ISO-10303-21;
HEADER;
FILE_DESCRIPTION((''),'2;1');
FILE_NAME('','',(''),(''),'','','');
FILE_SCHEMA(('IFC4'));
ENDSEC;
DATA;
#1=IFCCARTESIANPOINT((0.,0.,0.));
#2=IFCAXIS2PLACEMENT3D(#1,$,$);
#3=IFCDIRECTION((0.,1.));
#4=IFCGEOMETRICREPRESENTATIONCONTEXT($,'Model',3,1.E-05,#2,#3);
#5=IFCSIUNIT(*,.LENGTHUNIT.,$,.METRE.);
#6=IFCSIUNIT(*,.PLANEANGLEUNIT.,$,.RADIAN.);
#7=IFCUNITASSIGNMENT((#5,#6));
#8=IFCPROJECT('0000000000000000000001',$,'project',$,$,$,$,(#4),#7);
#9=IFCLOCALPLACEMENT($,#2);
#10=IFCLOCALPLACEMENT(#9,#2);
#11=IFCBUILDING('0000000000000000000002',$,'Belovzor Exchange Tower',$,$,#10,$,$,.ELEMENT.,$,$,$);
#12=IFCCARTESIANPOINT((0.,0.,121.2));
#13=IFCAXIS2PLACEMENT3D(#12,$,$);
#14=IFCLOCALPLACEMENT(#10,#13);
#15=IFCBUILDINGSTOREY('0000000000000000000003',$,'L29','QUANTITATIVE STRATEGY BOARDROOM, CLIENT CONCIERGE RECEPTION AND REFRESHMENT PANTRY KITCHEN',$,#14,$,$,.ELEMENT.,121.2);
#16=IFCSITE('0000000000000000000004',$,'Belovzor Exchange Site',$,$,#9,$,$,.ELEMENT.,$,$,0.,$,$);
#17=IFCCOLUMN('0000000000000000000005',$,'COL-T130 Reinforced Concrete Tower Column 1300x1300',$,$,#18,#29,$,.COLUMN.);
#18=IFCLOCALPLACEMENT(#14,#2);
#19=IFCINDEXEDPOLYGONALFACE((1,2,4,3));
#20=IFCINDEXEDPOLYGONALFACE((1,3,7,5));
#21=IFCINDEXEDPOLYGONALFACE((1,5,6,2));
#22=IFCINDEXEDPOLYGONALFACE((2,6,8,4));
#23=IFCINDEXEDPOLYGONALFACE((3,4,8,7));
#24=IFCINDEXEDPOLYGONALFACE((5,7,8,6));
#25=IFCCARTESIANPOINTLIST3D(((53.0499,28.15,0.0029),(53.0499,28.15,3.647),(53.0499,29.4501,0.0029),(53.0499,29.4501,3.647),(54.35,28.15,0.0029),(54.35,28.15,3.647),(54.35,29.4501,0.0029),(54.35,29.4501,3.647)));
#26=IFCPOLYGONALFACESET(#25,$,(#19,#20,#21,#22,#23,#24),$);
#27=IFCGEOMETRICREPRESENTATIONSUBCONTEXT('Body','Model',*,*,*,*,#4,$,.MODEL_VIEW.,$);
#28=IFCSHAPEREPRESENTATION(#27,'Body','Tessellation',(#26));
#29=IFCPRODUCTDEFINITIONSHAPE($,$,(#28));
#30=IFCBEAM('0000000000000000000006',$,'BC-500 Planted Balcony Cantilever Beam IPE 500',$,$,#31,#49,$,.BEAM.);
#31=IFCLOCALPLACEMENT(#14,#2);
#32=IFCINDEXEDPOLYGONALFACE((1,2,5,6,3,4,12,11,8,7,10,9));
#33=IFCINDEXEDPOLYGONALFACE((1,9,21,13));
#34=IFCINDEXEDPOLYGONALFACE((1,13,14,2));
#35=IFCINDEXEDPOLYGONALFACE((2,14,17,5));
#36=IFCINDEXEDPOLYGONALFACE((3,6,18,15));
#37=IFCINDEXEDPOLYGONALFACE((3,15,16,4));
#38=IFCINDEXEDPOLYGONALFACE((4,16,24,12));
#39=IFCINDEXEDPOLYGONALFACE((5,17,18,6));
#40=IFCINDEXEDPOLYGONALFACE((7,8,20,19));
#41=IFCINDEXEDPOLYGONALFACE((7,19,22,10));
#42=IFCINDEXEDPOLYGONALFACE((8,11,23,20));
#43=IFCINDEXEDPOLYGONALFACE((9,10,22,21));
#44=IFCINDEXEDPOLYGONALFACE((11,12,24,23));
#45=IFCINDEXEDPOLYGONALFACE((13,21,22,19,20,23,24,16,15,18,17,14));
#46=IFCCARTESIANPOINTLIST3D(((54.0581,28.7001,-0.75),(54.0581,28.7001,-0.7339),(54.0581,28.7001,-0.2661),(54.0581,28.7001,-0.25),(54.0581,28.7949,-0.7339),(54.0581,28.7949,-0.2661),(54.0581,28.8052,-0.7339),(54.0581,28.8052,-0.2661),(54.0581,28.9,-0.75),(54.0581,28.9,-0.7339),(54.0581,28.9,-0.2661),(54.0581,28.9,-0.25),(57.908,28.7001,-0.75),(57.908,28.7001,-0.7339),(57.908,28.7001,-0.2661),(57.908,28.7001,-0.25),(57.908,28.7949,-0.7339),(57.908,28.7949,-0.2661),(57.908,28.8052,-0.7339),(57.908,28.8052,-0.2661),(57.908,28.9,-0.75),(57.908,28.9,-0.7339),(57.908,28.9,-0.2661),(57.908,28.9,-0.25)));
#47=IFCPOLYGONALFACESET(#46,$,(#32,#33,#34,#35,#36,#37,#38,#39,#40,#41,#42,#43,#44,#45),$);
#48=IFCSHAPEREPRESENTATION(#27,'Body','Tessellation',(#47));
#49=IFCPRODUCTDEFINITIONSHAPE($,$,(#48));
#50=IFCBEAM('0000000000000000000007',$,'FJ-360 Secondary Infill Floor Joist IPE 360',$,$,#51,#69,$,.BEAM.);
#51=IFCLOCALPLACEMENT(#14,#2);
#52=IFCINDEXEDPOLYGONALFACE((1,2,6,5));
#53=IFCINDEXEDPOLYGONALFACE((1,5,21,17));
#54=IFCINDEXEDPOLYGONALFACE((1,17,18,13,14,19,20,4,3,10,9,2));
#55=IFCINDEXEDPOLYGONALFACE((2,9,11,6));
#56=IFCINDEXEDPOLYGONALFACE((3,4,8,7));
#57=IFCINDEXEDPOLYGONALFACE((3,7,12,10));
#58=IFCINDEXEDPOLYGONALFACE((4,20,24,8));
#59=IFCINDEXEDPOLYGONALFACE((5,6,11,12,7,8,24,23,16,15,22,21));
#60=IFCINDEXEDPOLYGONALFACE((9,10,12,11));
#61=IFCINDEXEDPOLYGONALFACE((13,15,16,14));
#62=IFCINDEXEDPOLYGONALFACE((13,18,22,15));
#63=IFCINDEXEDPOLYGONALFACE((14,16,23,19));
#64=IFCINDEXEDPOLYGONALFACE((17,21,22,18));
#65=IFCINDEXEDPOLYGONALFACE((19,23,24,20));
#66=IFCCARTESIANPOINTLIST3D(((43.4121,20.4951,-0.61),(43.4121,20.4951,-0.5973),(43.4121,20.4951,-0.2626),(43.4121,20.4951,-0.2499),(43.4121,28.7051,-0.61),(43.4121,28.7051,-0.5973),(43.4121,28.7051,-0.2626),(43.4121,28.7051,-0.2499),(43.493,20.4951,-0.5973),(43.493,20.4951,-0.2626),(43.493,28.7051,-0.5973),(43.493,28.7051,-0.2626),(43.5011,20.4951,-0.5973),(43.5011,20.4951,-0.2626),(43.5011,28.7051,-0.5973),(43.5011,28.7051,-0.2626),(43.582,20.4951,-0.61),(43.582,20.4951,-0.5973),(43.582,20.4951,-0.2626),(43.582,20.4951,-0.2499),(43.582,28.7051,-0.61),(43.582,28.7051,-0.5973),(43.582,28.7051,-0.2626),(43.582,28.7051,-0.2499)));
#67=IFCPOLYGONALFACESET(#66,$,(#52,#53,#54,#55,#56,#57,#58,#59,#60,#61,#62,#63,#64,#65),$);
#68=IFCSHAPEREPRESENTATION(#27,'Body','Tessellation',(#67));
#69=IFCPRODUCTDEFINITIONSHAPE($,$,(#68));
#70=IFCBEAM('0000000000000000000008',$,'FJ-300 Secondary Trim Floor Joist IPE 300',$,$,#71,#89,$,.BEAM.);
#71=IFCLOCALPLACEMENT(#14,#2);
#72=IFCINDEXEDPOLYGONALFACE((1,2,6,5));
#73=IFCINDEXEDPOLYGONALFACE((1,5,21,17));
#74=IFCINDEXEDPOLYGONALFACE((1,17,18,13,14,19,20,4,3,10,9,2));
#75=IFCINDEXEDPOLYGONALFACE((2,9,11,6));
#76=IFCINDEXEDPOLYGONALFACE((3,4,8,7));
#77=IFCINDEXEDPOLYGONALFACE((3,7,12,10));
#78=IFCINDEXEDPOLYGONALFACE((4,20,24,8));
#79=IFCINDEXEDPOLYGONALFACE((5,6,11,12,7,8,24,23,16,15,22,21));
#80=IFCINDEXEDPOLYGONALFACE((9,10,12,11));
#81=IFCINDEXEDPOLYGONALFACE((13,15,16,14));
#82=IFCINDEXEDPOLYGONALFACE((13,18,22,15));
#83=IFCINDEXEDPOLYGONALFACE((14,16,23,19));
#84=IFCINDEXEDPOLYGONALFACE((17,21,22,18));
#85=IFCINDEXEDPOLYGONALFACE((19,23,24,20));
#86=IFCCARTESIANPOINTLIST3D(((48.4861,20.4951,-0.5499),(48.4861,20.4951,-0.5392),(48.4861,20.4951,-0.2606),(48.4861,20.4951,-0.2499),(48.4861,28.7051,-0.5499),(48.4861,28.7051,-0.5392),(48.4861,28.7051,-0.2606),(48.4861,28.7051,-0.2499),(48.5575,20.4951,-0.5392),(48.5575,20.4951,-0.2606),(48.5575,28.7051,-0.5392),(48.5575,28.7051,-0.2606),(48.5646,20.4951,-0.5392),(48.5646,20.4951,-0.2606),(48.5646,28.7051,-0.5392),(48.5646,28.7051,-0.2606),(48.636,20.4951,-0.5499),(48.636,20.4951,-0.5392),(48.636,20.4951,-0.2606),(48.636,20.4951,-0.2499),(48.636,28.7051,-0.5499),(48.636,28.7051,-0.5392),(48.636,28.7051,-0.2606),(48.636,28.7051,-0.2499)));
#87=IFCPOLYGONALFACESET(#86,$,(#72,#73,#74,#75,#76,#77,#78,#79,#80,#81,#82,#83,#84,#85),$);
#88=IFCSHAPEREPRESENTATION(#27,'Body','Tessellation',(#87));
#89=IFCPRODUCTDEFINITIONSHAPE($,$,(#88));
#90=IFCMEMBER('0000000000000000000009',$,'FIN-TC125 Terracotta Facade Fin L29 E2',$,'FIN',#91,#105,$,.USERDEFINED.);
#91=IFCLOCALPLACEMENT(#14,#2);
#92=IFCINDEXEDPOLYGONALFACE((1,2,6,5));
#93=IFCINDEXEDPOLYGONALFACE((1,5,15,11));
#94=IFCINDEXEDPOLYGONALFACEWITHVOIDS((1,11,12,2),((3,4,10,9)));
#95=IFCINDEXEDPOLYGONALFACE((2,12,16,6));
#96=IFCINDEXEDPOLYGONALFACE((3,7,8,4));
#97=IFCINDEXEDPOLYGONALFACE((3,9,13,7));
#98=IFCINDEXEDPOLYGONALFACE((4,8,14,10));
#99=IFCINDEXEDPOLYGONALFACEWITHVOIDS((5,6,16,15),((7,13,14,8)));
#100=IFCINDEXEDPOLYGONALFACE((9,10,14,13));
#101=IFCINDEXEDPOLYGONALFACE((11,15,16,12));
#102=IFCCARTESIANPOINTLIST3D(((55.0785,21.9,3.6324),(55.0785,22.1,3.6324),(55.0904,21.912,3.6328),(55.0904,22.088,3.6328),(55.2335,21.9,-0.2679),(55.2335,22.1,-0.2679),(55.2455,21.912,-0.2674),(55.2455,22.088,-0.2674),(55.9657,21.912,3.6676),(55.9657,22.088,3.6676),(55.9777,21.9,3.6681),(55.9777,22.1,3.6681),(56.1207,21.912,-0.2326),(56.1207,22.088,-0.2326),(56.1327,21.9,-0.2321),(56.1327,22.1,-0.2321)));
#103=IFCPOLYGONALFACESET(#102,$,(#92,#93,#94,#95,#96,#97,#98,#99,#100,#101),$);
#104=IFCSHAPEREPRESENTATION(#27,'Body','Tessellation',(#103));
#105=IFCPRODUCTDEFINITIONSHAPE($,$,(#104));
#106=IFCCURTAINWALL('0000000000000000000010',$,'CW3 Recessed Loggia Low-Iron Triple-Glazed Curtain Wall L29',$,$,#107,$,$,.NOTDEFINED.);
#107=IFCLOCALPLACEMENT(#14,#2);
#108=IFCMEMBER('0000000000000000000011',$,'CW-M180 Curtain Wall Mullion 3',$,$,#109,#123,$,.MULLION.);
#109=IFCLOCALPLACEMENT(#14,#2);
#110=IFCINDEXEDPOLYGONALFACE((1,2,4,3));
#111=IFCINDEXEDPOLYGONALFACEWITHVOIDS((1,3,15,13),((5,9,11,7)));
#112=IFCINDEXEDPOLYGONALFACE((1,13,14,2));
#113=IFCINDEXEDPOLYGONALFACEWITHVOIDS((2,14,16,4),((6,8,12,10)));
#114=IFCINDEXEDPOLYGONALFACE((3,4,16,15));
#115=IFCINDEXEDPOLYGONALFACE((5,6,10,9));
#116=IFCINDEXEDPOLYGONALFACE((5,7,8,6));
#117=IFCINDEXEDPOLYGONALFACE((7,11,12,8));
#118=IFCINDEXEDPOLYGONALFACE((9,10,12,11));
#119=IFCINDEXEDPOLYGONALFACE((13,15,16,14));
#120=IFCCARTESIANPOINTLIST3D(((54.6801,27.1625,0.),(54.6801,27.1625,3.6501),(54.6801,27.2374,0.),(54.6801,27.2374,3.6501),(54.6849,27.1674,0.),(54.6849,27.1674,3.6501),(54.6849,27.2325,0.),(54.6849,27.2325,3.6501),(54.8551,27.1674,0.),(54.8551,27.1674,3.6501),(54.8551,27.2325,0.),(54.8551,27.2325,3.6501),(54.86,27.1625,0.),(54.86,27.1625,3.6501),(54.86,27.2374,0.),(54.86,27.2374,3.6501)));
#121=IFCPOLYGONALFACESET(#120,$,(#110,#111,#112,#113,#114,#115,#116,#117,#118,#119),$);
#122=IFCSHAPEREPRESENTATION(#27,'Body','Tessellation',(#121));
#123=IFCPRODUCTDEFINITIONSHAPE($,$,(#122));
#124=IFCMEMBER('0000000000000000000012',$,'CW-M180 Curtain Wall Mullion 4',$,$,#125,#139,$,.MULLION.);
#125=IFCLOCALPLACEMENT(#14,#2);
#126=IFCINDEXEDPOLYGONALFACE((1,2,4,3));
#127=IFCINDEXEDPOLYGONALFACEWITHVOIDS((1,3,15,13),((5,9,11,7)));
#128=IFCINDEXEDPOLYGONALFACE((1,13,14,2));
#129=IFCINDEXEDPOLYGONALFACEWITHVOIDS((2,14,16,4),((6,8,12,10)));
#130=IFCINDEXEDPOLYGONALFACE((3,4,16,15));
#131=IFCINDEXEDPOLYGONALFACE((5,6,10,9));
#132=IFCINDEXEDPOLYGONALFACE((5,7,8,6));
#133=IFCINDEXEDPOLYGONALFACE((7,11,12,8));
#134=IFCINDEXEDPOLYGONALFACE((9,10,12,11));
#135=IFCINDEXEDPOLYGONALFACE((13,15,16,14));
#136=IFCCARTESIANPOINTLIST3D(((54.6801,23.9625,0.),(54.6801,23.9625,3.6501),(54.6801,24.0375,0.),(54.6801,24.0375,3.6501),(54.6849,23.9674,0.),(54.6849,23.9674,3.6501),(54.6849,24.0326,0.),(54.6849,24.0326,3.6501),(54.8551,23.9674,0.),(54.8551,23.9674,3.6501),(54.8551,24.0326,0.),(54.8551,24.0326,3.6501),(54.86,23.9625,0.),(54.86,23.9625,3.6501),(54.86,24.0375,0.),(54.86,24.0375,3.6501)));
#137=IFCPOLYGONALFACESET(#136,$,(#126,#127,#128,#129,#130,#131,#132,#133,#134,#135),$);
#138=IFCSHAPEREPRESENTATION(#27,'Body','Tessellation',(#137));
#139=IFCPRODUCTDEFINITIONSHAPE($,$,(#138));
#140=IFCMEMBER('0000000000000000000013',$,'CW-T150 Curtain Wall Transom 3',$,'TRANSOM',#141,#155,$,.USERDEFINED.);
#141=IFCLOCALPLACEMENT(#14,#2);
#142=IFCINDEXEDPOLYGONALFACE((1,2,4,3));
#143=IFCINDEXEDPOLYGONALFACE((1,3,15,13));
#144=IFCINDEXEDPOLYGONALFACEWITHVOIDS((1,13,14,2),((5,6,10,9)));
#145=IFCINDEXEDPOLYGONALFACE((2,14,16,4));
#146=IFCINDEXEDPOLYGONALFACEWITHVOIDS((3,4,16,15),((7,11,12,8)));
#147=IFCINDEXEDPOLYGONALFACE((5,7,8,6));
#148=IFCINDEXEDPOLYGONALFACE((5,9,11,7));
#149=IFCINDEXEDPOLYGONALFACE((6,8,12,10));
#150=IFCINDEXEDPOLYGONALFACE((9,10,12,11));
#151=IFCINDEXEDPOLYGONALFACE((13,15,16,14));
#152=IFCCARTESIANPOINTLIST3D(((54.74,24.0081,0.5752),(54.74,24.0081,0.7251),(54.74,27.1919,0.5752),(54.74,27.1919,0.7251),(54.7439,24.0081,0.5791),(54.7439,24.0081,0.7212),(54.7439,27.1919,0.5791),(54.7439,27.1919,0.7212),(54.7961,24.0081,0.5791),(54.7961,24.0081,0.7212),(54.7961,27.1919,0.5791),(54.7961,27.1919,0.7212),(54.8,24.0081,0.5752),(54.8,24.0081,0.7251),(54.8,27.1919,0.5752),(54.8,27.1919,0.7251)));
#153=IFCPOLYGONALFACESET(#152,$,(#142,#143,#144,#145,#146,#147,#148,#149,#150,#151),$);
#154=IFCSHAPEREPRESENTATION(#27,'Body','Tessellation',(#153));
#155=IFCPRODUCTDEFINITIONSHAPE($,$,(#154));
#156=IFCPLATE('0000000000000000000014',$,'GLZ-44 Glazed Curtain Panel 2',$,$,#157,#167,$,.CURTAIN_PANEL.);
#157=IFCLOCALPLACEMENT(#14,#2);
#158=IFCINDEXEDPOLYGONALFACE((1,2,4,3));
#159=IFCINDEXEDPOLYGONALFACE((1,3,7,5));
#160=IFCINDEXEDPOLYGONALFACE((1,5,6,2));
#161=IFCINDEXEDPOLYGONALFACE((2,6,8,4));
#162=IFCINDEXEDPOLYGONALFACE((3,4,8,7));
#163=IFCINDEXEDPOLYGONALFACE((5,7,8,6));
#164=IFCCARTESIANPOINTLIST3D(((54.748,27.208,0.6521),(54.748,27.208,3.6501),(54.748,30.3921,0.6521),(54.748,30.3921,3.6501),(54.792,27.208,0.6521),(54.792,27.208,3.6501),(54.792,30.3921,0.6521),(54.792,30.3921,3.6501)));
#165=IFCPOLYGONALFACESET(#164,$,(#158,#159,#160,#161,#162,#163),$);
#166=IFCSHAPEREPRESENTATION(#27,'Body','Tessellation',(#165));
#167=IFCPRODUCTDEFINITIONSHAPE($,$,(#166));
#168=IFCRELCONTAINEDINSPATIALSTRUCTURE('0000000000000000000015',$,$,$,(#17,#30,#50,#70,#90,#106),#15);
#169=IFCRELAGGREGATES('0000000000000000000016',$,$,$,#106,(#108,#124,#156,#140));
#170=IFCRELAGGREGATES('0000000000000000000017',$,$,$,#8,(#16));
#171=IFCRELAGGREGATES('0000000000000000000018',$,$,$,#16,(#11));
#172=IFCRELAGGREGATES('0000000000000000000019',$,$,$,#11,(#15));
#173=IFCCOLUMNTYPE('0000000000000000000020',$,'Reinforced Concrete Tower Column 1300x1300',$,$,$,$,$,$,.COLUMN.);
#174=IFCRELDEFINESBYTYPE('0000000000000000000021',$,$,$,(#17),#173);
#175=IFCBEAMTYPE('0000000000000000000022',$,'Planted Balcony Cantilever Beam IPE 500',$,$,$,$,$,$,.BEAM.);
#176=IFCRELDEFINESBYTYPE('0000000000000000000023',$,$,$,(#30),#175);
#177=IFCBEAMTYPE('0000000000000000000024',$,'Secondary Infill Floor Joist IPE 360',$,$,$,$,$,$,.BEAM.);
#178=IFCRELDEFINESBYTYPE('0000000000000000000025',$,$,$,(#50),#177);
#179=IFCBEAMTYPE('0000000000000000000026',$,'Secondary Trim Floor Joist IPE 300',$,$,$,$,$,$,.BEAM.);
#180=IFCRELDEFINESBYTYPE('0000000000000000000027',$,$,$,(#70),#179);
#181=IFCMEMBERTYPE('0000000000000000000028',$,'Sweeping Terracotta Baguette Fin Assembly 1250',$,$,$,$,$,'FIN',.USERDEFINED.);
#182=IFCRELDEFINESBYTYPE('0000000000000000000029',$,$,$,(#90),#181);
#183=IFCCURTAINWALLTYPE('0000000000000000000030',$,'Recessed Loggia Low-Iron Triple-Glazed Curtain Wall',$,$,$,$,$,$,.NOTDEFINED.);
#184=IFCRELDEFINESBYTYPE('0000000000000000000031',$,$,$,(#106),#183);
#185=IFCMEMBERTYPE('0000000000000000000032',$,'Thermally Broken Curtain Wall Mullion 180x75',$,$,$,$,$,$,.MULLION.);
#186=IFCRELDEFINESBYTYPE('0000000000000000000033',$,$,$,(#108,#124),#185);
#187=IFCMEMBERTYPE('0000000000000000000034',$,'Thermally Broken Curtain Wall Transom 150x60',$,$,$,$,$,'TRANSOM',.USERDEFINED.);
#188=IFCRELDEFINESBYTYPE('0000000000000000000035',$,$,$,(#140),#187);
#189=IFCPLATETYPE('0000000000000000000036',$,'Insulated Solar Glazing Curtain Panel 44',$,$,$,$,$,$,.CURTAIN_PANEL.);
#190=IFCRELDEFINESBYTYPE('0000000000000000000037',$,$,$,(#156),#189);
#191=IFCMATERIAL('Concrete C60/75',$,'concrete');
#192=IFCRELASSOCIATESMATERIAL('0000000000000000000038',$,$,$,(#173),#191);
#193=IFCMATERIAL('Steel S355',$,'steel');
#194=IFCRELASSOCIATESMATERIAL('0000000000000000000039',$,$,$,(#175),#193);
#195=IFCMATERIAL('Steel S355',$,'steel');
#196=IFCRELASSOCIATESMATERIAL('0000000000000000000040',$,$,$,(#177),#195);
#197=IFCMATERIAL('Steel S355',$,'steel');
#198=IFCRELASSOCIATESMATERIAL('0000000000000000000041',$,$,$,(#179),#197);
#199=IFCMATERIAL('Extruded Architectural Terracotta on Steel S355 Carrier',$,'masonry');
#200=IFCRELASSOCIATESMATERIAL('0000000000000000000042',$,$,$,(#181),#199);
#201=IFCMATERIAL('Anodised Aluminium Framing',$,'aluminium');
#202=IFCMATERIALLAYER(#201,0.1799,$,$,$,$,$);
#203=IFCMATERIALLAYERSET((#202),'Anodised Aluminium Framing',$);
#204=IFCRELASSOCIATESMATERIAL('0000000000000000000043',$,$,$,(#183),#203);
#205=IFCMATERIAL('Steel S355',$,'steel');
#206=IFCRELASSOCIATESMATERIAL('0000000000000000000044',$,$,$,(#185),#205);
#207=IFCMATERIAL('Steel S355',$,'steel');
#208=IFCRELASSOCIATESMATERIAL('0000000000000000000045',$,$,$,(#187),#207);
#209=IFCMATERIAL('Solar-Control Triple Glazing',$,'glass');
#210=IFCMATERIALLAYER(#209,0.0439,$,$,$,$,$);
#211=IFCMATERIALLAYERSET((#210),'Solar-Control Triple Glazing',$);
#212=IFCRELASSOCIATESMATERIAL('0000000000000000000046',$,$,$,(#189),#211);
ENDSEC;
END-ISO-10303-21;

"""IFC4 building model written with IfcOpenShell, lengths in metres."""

from ifc_helpers import new_model, si_unit, direction, frame, origin, origin_2d, place, context, subcontext, project, spatial, rectangle, hollow_rectangle, i_section, extrude, material, layer, layer_set, material_profile, profile_set, type_object, element, aggregate, save


model = new_model("IFC4")

# Units and contexts
model_context = context("Model", 3, precision=1e-05, world=origin(), true_north=direction((0.0, 1.0)))
body_context = subcontext(model_context, "Body", "Model", "MODEL_VIEW")
ifc_project = project(units=[si_unit("LENGTHUNIT", "METRE"), si_unit("PLANEANGLEUNIT", "RADIAN")], contexts=[model_context])

# Site, building, storey
site_placement = place(None, origin())
site = spatial("IfcSite", under=ifc_project, at=site_placement, Name="Belovzor Exchange Site", CompositionType="ELEMENT", RefElevation=0.0)
building_placement = place(site_placement, origin())
building = spatial("IfcBuilding", under=site, at=building_placement, Name="Belovzor Exchange Tower", CompositionType="ELEMENT")
storey_placement = place(building_placement, frame((0.0, 0.0, 121.2)))
storey = spatial("IfcBuildingStorey", under=building, at=storey_placement, Name="L29", Description="QUANTITATIVE STRATEGY BOARDROOM, CLIENT CONCIERGE RECEPTION AND REFRESHMENT PANTRY KITCHEN", CompositionType="ELEMENT", Elevation=121.2)

# Column
ifc_material_1 = material(Name="Concrete C60/75", Category="concrete")
ifc_material_profile_1 = material_profile(ifc_material_1, rectangle(XDim=1.3, YDim=1.3, at=origin_2d()))
ifc_profile_set_1 = profile_set([ifc_material_profile_1], Name="Concrete C60/75")
column_type = type_object("IfcColumnType", Name="Reinforced Concrete Tower Column 1300x1300", PredefinedType="COLUMN", material=ifc_profile_set_1)
column_placement = place(storey_placement, frame((53.7, 28.8, 0.0029), z_axis=(0.0, 0.0, 1.0), x_axis=(1.0, 0.0, 0.0)))
element("IfcColumn", 1, at=column_placement, inside=storey, type_object=column_type, Name="COL-T130 Reinforced Concrete Tower Column 1300x1300", PredefinedType="COLUMN", context=body_context, shape_type="SweptSolid", body=[
    extrude(rectangle(XDim=1.3, YDim=1.3, at=origin_2d()), origin(), (0.0, 0.0, 1.0), 3.644),
])

# Beams
ifc_material_2 = material(Name="Steel S355", Category="steel")
ifc_material_profile_2 = material_profile(ifc_material_2, i_section(OverallWidth=0.2, OverallDepth=0.5, WebThickness=0.0103, FlangeThickness=0.0161, at=origin_2d()))
ifc_profile_set_2 = profile_set([ifc_material_profile_2], Name="Steel S355")
beam_type_1 = type_object("IfcBeamType", Name="Planted Balcony Cantilever Beam IPE 500", PredefinedType="BEAM", material=ifc_profile_set_2)
beam_1_placement = place(storey_placement, frame((54.0581, 28.8, -0.5), z_axis=(1.0, 0.0, 0.0), x_axis=(0.0, 1.0, 0.0)))
element("IfcBeam", 2, at=beam_1_placement, inside=storey, type_object=beam_type_1, Name="BC-500 Planted Balcony Cantilever Beam IPE 500", PredefinedType="BEAM", context=body_context, shape_type="SweptSolid", body=[
    extrude(i_section(OverallWidth=0.2, OverallDepth=0.5, WebThickness=0.0103, FlangeThickness=0.0161, at=origin_2d()), origin(), (0.0, 0.0, 1.0), 3.8499),
])
ifc_material_3 = material(Name="Steel S355", Category="steel")
ifc_material_profile_3 = material_profile(ifc_material_3, i_section(OverallWidth=0.1699, OverallDepth=0.3601, WebThickness=0.0081, FlangeThickness=0.0127, at=origin_2d()))
ifc_profile_set_3 = profile_set([ifc_material_profile_3], Name="Steel S355")
beam_type_2 = type_object("IfcBeamType", Name="Secondary Infill Floor Joist IPE 360", PredefinedType="BEAM", material=ifc_profile_set_3)
beam_2_placement = place(storey_placement, frame((43.4971, 20.4951, -0.4299), z_axis=(0.0, 1.0, 0.0), x_axis=(-1.0, 0.0, 0.0)))
element("IfcBeam", 3, at=beam_2_placement, inside=storey, type_object=beam_type_2, Name="FJ-360 Secondary Infill Floor Joist IPE 360", PredefinedType="BEAM", context=body_context, shape_type="SweptSolid", body=[
    extrude(i_section(OverallWidth=0.1699, OverallDepth=0.3601, WebThickness=0.0081, FlangeThickness=0.0127, at=origin_2d()), origin(), (0.0, 0.0, 1.0), 8.21),
])
ifc_material_4 = material(Name="Steel S355", Category="steel")
ifc_material_profile_4 = material_profile(ifc_material_4, i_section(OverallWidth=0.1499, OverallDepth=0.3, WebThickness=0.0071, FlangeThickness=0.0107, at=origin_2d()))
ifc_profile_set_4 = profile_set([ifc_material_profile_4], Name="Steel S355")
beam_type_3 = type_object("IfcBeamType", Name="Secondary Trim Floor Joist IPE 300", PredefinedType="BEAM", material=ifc_profile_set_4)
beam_3_placement = place(storey_placement, frame((48.561, 20.4951, -0.3999), z_axis=(0.0, 1.0, 0.0), x_axis=(-1.0, 0.0, 0.0)))
element("IfcBeam", 4, at=beam_3_placement, inside=storey, type_object=beam_type_3, Name="FJ-300 Secondary Trim Floor Joist IPE 300", PredefinedType="BEAM", context=body_context, shape_type="SweptSolid", body=[
    extrude(i_section(OverallWidth=0.1499, OverallDepth=0.3, WebThickness=0.0071, FlangeThickness=0.0107, at=origin_2d()), origin(), (0.0, 0.0, 1.0), 8.21),
])

# Member
ifc_material_5 = material(Name="Extruded Architectural Terracotta on Steel S355 Carrier", Category="masonry")
ifc_material_profile_5 = material_profile(ifc_material_5, hollow_rectangle(XDim=0.2, YDim=0.8999, WallThickness=0.012, at=origin_2d()))
ifc_profile_set_5 = profile_set([ifc_material_profile_5], Name="Extruded Architectural Terracotta on Steel S355 Carrier")
member_type_1 = type_object("IfcMemberType", Name="Sweeping Terracotta Baguette Fin Assembly 1250", ElementType="FIN", PredefinedType="USERDEFINED", material=ifc_profile_set_5)
member_1_placement = place(storey_placement, frame((55.6831, 22.0, -0.25), z_axis=(-0.039718, 0.0, 0.999211), x_axis=(0.0, -1.0, 0.0)))
element("IfcMember", 5, at=member_1_placement, inside=storey, type_object=member_type_1, Name="FIN-TC125 Terracotta Facade Fin L29 E2", ObjectType="FIN", PredefinedType="USERDEFINED", context=body_context, shape_type="SweptSolid", body=[
    extrude(hollow_rectangle(XDim=0.2, YDim=0.8999, WallThickness=0.012, at=origin_2d()), origin(), (0.0, 0.0, 1.0), 3.9033),
])

# Curtain wall, members, plate
ifc_material_6 = material(Name="Anodised Aluminium Framing", Category="aluminium")
ifc_layer_1 = layer(ifc_material_6, 0.1799)
ifc_layer_set_1 = layer_set([ifc_layer_1], Name="Anodised Aluminium Framing")
curtain_wall_type = type_object("IfcCurtainWallType", Name="Recessed Loggia Low-Iron Triple-Glazed Curtain Wall", PredefinedType="NOTDEFINED", material=ifc_layer_set_1)
curtain_wall_placement = place(storey_placement, origin())
curtain_wall = element("IfcCurtainWall", 6, at=curtain_wall_placement, inside=storey, type_object=curtain_wall_type, Name="CW3 Recessed Loggia Low-Iron Triple-Glazed Curtain Wall L29", PredefinedType="NOTDEFINED")
ifc_material_7 = material(Name="Steel S355", Category="steel")
ifc_material_profile_6 = material_profile(ifc_material_7, hollow_rectangle(XDim=0.075, YDim=0.1799, WallThickness=0.0049, at=origin_2d()))
ifc_profile_set_6 = profile_set([ifc_material_profile_6], Name="Steel S355")
member_type_2 = type_object("IfcMemberType", Name="Thermally Broken Curtain Wall Mullion 180x75", PredefinedType="MULLION", material=ifc_profile_set_6)
member_2_placement = place(storey_placement, frame((54.77, 27.2, 0.0), z_axis=(0.0, 0.0, 1.0), x_axis=(0.0, -1.0, 0.0)))
member_2 = element("IfcMember", 7, at=member_2_placement, type_object=member_type_2, Name="CW-M180 Curtain Wall Mullion 3", PredefinedType="MULLION", context=body_context, shape_type="SweptSolid", body=[
    extrude(hollow_rectangle(XDim=0.075, YDim=0.1799, WallThickness=0.0049, at=origin_2d()), origin(), (0.0, 0.0, 1.0), 3.6501),
])
member_3_placement = place(storey_placement, frame((54.77, 24.0, 0.0), z_axis=(0.0, 0.0, 1.0), x_axis=(0.0, -1.0, 0.0)))
member_3 = element("IfcMember", 8, at=member_3_placement, type_object=member_type_2, Name="CW-M180 Curtain Wall Mullion 4", PredefinedType="MULLION", context=body_context, shape_type="SweptSolid", body=[
    extrude(hollow_rectangle(XDim=0.075, YDim=0.1799, WallThickness=0.0049, at=origin_2d()), origin(), (0.0, 0.0, 1.0), 3.6501),
])
ifc_material_8 = material(Name="Steel S355", Category="steel")
ifc_material_profile_7 = material_profile(ifc_material_8, hollow_rectangle(XDim=0.0601, YDim=0.1499, WallThickness=0.0039, at=origin_2d()))
ifc_profile_set_7 = profile_set([ifc_material_profile_7], Name="Steel S355")
member_type_3 = type_object("IfcMemberType", Name="Thermally Broken Curtain Wall Transom 150x60", ElementType="TRANSOM", PredefinedType="USERDEFINED", material=ifc_profile_set_7)
member_4_placement = place(storey_placement, frame((54.77, 27.1919, 0.6501), z_axis=(0.0, -1.0, 0.0), x_axis=(1.0, 0.0, 0.0)))
member_4 = element("IfcMember", 9, at=member_4_placement, type_object=member_type_3, Name="CW-T150 Curtain Wall Transom 3", ObjectType="TRANSOM", PredefinedType="USERDEFINED", context=body_context, shape_type="SweptSolid", body=[
    extrude(hollow_rectangle(XDim=0.0601, YDim=0.1499, WallThickness=0.0039, at=origin_2d()), origin(), (0.0, 0.0, 1.0), 3.1838),
])
ifc_material_9 = material(Name="Solar-Control Triple Glazing", Category="glass")
ifc_layer_2 = layer(ifc_material_9, 0.0439)
ifc_layer_set_2 = layer_set([ifc_layer_2], Name="Solar-Control Triple Glazing")
plate_type_1 = type_object("IfcPlateType", Name="Insulated Solar Glazing Curtain Panel 44", PredefinedType="CURTAIN_PANEL", material=ifc_layer_set_2)
plate_1_placement = place(storey_placement, frame((54.77, 28.8, 0.6521), z_axis=(0.0, 0.0, 1.0), x_axis=(0.0, -1.0, 0.0)))
plate_1 = element("IfcPlate", 10, at=plate_1_placement, type_object=plate_type_1, Name="GLZ-44 Glazed Curtain Panel 2", PredefinedType="CURTAIN_PANEL", context=body_context, shape_type="SweptSolid", body=[
    extrude(rectangle(XDim=3.1841, YDim=0.0439, at=origin_2d()), origin(), (0.0, 0.0, 1.0), 2.998),
])

aggregate(curtain_wall, [member_2, member_3, plate_1, member_4])

save(model, "model.ifc")
